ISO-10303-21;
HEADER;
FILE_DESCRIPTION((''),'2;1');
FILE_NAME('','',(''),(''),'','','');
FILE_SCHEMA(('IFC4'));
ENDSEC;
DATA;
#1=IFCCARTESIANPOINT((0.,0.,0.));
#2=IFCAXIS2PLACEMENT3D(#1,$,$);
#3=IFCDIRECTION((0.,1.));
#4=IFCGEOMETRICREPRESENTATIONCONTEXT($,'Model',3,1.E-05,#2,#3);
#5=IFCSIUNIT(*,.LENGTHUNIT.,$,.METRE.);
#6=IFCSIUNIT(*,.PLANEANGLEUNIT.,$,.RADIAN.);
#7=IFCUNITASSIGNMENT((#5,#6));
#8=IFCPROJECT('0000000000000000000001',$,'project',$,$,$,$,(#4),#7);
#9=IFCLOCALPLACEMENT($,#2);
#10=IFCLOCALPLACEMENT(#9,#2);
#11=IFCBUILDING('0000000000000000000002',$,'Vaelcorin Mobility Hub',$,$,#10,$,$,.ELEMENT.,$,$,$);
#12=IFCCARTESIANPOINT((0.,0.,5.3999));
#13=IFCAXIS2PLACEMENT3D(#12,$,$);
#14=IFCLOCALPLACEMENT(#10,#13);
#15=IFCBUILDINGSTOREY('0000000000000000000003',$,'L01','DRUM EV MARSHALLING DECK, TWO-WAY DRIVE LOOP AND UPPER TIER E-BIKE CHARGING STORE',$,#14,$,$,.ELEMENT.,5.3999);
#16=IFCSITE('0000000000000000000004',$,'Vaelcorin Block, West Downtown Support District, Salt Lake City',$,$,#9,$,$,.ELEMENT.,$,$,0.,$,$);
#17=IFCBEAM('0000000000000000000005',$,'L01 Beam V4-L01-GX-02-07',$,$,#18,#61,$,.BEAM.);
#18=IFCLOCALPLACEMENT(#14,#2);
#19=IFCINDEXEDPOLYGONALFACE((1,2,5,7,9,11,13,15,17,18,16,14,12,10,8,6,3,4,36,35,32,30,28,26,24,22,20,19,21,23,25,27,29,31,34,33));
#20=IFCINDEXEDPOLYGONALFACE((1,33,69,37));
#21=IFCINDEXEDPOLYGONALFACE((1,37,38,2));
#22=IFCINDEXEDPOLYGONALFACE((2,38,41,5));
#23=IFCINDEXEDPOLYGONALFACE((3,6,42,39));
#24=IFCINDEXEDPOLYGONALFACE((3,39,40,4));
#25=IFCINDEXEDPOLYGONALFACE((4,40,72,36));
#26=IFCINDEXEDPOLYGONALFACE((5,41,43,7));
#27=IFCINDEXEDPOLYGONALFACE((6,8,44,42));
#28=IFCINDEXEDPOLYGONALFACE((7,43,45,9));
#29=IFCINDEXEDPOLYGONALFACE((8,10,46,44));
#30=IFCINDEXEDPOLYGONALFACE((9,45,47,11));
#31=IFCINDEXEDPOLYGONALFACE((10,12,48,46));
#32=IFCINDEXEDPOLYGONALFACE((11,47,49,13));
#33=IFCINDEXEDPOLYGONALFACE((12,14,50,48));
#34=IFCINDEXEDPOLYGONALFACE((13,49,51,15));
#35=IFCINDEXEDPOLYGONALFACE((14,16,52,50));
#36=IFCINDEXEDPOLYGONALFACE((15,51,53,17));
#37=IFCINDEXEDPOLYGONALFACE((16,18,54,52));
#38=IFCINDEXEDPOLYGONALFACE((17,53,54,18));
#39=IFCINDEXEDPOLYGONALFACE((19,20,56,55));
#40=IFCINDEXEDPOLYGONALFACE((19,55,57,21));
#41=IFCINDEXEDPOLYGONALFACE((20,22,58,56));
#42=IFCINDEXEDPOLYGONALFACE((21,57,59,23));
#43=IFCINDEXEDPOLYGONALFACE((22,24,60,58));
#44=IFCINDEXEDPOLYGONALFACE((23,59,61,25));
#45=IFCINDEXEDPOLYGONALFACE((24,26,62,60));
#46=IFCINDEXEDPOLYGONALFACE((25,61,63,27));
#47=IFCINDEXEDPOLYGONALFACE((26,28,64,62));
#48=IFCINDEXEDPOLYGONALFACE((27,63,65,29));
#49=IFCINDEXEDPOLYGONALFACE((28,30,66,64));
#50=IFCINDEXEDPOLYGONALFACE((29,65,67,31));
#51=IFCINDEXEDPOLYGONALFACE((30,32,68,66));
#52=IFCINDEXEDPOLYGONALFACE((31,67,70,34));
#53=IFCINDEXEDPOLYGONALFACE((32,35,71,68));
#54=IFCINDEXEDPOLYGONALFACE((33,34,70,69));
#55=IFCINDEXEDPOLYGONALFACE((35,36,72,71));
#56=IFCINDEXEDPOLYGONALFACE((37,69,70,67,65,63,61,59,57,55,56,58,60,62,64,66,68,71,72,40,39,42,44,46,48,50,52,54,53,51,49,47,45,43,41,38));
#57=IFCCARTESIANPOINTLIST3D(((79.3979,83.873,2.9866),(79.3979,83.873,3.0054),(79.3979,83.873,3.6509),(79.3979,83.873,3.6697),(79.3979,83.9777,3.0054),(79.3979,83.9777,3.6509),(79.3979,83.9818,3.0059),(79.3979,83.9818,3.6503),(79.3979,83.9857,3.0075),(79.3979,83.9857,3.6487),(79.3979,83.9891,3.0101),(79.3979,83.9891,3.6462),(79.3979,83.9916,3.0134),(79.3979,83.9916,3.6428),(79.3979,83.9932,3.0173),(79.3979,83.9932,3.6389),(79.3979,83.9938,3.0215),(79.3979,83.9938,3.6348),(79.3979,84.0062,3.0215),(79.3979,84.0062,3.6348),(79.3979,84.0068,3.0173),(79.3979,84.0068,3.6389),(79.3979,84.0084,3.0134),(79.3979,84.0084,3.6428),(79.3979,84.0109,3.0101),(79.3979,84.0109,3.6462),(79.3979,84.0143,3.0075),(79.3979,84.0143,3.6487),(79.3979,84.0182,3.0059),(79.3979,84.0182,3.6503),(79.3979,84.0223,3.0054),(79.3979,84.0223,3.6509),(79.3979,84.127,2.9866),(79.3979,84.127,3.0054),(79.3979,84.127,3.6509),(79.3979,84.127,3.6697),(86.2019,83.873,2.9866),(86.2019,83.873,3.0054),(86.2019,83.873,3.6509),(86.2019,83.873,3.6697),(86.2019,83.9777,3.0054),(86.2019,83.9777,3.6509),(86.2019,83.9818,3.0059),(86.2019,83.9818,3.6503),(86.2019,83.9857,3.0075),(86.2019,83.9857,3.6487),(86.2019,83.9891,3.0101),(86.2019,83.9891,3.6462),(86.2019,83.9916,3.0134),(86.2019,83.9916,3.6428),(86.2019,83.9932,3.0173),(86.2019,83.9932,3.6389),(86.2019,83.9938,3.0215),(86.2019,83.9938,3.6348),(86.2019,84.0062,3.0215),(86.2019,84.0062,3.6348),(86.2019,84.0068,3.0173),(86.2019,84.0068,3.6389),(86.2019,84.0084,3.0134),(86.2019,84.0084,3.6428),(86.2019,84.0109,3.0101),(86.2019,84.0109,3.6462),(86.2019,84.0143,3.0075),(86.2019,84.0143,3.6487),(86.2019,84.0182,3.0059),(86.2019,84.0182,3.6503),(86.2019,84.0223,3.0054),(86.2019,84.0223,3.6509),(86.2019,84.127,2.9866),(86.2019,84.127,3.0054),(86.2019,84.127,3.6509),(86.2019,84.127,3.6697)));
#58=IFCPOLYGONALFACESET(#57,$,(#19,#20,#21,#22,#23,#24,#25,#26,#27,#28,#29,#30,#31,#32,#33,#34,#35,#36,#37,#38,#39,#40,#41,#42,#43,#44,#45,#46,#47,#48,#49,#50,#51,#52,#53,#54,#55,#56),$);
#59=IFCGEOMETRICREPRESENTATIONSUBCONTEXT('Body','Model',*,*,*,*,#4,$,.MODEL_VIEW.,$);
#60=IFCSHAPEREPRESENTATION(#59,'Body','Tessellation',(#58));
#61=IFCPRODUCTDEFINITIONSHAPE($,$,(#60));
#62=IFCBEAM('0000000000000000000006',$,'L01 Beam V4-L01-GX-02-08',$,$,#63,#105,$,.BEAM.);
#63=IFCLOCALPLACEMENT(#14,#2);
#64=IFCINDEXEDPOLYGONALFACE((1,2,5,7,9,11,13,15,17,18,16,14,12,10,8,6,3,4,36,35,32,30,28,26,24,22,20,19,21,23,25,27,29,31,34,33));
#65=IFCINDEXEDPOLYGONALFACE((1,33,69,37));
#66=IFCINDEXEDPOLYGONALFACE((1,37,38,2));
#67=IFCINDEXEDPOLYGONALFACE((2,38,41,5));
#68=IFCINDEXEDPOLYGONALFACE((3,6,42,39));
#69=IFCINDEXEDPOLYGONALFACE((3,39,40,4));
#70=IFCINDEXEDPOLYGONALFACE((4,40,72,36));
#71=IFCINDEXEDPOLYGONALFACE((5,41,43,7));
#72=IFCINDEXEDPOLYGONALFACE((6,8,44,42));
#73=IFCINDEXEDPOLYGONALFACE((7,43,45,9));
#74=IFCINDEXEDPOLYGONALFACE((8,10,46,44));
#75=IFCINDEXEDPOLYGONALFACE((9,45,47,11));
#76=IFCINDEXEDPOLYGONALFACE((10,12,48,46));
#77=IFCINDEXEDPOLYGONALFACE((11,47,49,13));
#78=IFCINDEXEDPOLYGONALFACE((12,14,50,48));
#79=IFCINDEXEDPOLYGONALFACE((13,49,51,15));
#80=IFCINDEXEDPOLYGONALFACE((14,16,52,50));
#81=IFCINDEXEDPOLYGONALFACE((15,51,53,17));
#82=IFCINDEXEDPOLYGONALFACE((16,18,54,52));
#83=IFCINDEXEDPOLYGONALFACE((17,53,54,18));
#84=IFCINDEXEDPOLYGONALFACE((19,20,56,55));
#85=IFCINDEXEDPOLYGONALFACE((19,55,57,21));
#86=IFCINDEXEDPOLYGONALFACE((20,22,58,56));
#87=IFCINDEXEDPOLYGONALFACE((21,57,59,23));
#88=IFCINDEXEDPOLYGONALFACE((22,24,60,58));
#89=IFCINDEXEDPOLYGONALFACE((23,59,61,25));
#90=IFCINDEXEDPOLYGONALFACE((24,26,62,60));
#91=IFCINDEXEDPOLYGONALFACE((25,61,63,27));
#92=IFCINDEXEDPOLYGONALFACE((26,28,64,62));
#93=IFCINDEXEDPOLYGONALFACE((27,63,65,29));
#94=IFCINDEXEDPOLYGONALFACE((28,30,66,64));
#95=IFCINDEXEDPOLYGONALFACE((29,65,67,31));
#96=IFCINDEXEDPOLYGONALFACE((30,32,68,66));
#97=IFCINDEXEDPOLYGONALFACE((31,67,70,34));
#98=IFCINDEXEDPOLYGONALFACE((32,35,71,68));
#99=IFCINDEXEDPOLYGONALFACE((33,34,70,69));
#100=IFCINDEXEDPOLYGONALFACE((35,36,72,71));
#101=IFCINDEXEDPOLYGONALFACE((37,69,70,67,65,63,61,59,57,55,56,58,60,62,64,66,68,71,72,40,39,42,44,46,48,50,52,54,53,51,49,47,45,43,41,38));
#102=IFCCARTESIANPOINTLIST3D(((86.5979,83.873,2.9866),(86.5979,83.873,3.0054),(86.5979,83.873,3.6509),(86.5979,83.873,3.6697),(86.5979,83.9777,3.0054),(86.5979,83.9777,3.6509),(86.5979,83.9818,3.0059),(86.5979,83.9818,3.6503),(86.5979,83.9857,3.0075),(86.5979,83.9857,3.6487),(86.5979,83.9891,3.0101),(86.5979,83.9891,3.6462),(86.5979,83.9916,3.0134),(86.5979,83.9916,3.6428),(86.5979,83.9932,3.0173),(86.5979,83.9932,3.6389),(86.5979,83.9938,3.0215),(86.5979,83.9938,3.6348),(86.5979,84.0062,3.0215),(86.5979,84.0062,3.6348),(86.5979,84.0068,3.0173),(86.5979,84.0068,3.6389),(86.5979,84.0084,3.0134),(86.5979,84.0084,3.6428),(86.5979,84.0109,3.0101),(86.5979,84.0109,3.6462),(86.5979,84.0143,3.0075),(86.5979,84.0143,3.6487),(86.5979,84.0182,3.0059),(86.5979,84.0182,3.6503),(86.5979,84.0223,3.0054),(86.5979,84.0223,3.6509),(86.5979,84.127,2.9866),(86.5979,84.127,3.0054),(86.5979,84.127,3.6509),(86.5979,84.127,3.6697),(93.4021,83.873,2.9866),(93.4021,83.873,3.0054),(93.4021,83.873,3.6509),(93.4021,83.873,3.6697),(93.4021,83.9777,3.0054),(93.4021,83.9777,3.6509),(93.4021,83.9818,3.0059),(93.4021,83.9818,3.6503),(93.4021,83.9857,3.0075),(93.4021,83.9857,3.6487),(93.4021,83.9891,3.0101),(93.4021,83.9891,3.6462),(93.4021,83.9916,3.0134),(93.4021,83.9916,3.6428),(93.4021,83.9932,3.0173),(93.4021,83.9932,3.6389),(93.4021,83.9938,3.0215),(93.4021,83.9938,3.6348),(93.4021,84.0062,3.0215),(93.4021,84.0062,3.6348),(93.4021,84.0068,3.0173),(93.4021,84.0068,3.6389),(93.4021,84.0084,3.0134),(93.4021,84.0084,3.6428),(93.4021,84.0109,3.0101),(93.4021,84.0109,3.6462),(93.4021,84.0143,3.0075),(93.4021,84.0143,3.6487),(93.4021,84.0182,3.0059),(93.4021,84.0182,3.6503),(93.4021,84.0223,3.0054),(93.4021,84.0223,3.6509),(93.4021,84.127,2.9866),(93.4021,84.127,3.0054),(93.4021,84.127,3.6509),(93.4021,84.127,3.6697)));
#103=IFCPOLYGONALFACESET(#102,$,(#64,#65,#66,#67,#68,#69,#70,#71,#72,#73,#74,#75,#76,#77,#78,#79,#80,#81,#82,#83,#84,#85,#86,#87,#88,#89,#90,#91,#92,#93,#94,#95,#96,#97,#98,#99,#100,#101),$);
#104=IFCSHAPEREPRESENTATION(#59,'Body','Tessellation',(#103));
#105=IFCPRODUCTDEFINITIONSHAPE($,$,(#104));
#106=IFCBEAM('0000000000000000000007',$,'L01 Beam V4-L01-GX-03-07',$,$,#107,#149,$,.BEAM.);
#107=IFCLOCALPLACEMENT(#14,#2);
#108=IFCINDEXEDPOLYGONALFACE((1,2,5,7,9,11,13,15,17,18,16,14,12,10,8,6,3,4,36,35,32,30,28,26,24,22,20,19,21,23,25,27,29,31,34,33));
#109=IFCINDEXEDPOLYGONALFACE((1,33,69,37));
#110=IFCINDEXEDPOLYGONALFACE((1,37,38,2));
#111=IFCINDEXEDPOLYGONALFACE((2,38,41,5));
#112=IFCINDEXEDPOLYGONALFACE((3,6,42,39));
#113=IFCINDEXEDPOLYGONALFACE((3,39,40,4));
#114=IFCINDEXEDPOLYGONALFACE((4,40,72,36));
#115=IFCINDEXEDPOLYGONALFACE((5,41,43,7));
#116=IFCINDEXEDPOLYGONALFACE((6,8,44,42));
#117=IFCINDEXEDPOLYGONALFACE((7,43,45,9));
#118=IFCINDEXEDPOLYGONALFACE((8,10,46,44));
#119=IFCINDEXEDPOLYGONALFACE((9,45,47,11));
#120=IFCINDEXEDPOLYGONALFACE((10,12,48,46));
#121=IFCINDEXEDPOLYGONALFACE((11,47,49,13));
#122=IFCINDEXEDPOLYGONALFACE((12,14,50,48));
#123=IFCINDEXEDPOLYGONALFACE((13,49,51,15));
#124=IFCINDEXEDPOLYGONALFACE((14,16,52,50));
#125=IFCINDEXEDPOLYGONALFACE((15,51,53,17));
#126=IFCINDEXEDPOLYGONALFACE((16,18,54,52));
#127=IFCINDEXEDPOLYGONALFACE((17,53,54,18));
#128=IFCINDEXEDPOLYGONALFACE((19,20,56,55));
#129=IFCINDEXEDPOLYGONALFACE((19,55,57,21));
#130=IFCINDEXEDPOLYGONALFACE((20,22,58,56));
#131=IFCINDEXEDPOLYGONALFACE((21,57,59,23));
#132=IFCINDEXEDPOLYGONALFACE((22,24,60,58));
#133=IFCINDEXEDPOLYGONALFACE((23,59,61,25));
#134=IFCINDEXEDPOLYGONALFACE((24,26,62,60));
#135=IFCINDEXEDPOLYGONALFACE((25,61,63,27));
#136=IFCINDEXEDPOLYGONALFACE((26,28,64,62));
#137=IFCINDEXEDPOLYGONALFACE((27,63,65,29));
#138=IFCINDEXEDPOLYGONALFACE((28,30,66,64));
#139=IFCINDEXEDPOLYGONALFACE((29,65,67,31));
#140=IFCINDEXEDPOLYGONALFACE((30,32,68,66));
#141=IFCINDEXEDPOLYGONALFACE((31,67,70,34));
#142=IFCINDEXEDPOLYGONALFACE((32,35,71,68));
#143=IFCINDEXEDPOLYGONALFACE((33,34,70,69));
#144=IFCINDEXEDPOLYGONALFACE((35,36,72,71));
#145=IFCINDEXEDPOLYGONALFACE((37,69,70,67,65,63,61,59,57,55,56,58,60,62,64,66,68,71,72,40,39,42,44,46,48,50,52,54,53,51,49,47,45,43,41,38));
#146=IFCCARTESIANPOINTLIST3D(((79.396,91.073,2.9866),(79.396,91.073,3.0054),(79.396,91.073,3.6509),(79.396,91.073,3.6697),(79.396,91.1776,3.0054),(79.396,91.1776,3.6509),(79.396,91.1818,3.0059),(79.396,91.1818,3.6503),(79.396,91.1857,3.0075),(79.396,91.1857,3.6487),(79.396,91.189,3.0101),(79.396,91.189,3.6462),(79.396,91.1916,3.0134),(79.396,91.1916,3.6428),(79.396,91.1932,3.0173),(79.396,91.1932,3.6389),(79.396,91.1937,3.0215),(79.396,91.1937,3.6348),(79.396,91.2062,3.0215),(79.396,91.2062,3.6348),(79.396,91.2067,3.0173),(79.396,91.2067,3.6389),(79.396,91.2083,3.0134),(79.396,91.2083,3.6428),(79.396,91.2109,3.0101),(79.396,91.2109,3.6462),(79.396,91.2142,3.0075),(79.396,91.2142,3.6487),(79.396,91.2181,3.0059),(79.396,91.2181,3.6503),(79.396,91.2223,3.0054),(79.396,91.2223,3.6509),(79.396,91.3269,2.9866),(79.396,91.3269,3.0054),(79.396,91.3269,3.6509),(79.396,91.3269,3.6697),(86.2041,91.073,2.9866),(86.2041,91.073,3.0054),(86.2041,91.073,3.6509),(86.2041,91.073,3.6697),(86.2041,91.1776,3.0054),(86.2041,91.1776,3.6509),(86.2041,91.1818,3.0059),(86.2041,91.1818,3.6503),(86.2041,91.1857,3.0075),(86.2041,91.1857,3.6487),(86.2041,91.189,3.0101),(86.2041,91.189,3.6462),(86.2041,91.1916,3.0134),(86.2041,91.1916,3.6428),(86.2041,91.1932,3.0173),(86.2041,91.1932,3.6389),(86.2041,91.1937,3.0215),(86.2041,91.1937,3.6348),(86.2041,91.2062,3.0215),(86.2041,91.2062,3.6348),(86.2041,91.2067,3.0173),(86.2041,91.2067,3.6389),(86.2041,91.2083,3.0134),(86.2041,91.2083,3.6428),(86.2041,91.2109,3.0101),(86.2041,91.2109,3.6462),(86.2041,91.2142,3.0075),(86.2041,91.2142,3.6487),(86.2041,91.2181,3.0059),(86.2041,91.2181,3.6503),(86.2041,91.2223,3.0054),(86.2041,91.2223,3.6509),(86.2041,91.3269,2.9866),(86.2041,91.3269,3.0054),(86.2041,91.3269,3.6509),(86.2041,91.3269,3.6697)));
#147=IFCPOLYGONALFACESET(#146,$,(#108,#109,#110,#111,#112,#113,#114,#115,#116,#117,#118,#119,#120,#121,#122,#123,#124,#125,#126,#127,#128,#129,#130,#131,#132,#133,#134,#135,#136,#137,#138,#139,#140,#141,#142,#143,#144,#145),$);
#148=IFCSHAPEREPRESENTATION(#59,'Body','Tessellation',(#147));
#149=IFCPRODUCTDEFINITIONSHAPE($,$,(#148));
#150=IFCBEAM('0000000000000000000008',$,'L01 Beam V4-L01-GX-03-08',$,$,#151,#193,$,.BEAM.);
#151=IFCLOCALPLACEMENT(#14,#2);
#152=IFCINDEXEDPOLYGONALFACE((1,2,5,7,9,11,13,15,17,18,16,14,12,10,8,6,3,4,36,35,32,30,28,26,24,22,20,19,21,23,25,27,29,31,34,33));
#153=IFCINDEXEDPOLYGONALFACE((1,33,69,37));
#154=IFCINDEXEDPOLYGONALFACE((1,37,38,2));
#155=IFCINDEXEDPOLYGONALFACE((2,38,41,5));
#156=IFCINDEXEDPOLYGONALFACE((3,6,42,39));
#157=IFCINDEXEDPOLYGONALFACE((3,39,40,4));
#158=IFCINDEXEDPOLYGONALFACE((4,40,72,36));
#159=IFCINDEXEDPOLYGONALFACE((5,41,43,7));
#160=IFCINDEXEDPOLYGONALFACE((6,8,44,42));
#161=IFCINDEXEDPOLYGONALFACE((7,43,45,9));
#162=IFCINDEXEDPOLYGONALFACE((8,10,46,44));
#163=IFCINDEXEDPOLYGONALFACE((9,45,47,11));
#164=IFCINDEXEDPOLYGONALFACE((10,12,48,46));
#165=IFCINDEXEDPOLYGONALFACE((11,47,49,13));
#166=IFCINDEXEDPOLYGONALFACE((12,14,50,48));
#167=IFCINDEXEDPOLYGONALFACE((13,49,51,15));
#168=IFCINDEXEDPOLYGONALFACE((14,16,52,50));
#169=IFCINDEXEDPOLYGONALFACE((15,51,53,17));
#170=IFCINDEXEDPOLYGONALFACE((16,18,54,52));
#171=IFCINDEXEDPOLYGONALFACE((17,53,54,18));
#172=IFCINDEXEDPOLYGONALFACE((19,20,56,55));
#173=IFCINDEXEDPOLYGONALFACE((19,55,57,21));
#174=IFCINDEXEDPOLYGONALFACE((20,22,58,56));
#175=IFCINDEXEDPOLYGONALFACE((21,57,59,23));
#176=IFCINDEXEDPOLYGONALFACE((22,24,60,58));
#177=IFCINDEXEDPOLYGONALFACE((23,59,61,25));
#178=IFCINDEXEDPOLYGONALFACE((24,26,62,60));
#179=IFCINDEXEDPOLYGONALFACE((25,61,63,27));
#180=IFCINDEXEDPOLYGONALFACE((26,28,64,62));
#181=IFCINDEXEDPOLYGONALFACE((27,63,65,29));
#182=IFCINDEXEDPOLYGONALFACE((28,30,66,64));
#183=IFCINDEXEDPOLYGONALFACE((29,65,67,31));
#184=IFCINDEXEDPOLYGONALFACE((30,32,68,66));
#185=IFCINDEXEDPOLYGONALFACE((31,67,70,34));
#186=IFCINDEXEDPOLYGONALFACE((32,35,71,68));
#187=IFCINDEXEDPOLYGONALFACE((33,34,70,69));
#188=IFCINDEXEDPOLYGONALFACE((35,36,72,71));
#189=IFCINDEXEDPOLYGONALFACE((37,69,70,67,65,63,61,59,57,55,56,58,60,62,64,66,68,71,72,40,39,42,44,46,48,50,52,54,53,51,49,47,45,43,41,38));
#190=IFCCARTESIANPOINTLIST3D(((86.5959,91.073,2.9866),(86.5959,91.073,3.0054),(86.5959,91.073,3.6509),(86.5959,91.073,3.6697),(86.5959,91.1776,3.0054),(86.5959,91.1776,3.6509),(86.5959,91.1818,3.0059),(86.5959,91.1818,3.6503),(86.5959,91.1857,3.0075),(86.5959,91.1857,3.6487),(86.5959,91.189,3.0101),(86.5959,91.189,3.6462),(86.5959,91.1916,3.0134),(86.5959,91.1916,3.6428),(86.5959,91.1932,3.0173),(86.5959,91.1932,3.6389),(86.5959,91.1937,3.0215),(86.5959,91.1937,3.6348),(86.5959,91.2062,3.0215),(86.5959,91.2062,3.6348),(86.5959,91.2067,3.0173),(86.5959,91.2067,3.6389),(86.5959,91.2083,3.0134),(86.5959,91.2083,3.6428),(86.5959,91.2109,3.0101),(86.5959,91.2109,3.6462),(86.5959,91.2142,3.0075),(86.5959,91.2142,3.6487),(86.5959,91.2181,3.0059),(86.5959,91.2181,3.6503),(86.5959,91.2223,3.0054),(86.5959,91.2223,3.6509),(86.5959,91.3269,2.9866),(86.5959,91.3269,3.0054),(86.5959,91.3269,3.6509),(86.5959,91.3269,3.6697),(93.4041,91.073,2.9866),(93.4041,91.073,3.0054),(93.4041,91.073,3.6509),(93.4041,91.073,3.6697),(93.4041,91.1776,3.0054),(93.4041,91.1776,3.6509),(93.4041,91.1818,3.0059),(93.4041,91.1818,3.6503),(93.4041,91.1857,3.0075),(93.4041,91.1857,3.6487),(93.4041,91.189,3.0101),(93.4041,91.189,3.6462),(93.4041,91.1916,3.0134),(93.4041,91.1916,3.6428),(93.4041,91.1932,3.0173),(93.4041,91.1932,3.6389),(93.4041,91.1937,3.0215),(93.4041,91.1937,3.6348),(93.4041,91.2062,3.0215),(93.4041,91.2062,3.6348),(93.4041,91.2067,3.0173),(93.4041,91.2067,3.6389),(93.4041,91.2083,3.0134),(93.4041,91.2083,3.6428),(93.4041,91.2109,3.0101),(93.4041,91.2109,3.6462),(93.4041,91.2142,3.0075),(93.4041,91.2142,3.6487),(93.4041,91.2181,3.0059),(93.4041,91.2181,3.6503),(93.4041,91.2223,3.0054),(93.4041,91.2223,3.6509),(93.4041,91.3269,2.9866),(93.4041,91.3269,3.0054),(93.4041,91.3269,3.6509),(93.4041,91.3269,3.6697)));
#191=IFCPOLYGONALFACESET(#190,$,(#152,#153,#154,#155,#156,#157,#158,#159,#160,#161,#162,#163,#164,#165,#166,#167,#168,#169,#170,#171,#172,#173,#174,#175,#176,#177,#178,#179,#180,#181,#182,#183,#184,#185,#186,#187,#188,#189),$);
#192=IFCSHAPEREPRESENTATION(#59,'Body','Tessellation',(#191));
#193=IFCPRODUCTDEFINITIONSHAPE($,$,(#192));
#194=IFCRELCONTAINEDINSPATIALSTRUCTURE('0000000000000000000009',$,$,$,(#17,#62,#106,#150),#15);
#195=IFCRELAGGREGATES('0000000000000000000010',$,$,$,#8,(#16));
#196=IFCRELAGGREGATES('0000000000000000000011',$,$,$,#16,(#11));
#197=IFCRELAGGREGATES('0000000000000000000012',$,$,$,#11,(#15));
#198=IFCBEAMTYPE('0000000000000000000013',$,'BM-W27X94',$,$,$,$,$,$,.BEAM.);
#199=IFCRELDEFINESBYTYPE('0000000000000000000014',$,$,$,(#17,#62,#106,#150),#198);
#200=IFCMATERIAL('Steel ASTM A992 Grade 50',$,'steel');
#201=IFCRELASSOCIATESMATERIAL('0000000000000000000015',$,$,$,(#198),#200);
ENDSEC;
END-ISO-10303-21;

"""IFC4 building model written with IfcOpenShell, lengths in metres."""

from ifc_helpers import new_model, si_unit, direction, frame, origin, origin_2d, place, context, subcontext, project, spatial, i_section, extrude, material, material_profile, profile_set, type_object, element, save


model = new_model("IFC4")

# Units and contexts
model_context = context("Model", 3, precision=1e-05, world=origin(), true_north=direction((0.0, 1.0)))
body_context = subcontext(model_context, "Body", "Model", "MODEL_VIEW")
ifc_project = project(units=[si_unit("LENGTHUNIT", "METRE"), si_unit("PLANEANGLEUNIT", "RADIAN")], contexts=[model_context])

# Site, building, storey
site_placement = place(None, origin())
site = spatial("IfcSite", under=ifc_project, at=site_placement, Name="Vaelcorin Block, West Downtown Support District, Salt Lake City", CompositionType="ELEMENT", RefElevation=0.0)
building_placement = place(site_placement, origin())
building = spatial("IfcBuilding", under=site, at=building_placement, Name="Vaelcorin Mobility Hub", CompositionType="ELEMENT")
storey_placement = place(building_placement, frame((0.0, 0.0, 5.3999)))
storey = spatial("IfcBuildingStorey", under=building, at=storey_placement, Name="L01", Description="DRUM EV MARSHALLING DECK, TWO-WAY DRIVE LOOP AND UPPER TIER E-BIKE CHARGING STORE", CompositionType="ELEMENT", Elevation=5.3999)

# Shared definitions
ifc_material_1 = material(Name="Steel ASTM A992 Grade 50", Category="steel")

# Beams
ifc_material_profile_1 = material_profile(ifc_material_1, i_section(OverallWidth=0.2539, OverallDepth=0.6831, WebThickness=0.0125, FlangeThickness=0.0188, FilletRadius=0.0161, at=origin_2d()), Name="W27X94")
ifc_profile_set_1 = profile_set([ifc_material_profile_1], Name="Steel ASTM A992 Grade 50")
beam_type_1 = type_object("IfcBeamType", Name="BM-W27X94", PredefinedType="BEAM", material=ifc_profile_set_1)
beam_1_placement = place(storey_placement, frame((79.3979, 84.0, 3.3281), z_axis=(1.0, 0.0, 0.0), x_axis=(0.0, 1.0, 0.0)))
element("IfcBeam", 1, at=beam_1_placement, inside=storey, type_object=beam_type_1, Name="L01 Beam V4-L01-GX-02-07", PredefinedType="BEAM", context=body_context, shape_type="SweptSolid", body=[
    extrude(i_section(OverallWidth=0.2539, OverallDepth=0.6831, WebThickness=0.0125, FlangeThickness=0.0188, FilletRadius=0.0161, at=origin_2d()), origin(), (0.0, 0.0, 1.0), 6.804),
])
beam_2_placement = place(storey_placement, frame((86.5979, 84.0, 3.3281), z_axis=(1.0, 0.0, 0.0), x_axis=(0.0, 1.0, 0.0)))
element("IfcBeam", 2, at=beam_2_placement, inside=storey, type_object=beam_type_1, Name="L01 Beam V4-L01-GX-02-08", PredefinedType="BEAM", context=body_context, shape_type="SweptSolid", body=[
    extrude(i_section(OverallWidth=0.2539, OverallDepth=0.6831, WebThickness=0.0125, FlangeThickness=0.0188, FilletRadius=0.0161, at=origin_2d()), origin(), (0.0, 0.0, 1.0), 6.8042),
])
for number, where, z_axis, x_axis, name in (
    (3, (79.396, 91.2, 3.3281), (1.0, 0.0, 0.0), (0.0, 1.0, 0.0), "L01 Beam V4-L01-GX-03-07"),
    (4, (86.5959, 91.2, 3.3281), (1.0, 0.0, 0.0), (0.0, 1.0, 0.0), "L01 Beam V4-L01-GX-03-08"),
):
    element("IfcBeam", number, at=place(storey_placement, frame(where, z_axis=z_axis, x_axis=x_axis)), inside=storey, type_object=beam_type_1, Name=name, PredefinedType="BEAM", context=body_context, shape_type="SweptSolid", body=[
        extrude(i_section(OverallWidth=0.2539, OverallDepth=0.6831, WebThickness=0.0125, FlangeThickness=0.0188, FilletRadius=0.0161, at=origin_2d()), origin(), (0.0, 0.0, 1.0), 6.8081),
    ])

save(model, "model.ifc")
